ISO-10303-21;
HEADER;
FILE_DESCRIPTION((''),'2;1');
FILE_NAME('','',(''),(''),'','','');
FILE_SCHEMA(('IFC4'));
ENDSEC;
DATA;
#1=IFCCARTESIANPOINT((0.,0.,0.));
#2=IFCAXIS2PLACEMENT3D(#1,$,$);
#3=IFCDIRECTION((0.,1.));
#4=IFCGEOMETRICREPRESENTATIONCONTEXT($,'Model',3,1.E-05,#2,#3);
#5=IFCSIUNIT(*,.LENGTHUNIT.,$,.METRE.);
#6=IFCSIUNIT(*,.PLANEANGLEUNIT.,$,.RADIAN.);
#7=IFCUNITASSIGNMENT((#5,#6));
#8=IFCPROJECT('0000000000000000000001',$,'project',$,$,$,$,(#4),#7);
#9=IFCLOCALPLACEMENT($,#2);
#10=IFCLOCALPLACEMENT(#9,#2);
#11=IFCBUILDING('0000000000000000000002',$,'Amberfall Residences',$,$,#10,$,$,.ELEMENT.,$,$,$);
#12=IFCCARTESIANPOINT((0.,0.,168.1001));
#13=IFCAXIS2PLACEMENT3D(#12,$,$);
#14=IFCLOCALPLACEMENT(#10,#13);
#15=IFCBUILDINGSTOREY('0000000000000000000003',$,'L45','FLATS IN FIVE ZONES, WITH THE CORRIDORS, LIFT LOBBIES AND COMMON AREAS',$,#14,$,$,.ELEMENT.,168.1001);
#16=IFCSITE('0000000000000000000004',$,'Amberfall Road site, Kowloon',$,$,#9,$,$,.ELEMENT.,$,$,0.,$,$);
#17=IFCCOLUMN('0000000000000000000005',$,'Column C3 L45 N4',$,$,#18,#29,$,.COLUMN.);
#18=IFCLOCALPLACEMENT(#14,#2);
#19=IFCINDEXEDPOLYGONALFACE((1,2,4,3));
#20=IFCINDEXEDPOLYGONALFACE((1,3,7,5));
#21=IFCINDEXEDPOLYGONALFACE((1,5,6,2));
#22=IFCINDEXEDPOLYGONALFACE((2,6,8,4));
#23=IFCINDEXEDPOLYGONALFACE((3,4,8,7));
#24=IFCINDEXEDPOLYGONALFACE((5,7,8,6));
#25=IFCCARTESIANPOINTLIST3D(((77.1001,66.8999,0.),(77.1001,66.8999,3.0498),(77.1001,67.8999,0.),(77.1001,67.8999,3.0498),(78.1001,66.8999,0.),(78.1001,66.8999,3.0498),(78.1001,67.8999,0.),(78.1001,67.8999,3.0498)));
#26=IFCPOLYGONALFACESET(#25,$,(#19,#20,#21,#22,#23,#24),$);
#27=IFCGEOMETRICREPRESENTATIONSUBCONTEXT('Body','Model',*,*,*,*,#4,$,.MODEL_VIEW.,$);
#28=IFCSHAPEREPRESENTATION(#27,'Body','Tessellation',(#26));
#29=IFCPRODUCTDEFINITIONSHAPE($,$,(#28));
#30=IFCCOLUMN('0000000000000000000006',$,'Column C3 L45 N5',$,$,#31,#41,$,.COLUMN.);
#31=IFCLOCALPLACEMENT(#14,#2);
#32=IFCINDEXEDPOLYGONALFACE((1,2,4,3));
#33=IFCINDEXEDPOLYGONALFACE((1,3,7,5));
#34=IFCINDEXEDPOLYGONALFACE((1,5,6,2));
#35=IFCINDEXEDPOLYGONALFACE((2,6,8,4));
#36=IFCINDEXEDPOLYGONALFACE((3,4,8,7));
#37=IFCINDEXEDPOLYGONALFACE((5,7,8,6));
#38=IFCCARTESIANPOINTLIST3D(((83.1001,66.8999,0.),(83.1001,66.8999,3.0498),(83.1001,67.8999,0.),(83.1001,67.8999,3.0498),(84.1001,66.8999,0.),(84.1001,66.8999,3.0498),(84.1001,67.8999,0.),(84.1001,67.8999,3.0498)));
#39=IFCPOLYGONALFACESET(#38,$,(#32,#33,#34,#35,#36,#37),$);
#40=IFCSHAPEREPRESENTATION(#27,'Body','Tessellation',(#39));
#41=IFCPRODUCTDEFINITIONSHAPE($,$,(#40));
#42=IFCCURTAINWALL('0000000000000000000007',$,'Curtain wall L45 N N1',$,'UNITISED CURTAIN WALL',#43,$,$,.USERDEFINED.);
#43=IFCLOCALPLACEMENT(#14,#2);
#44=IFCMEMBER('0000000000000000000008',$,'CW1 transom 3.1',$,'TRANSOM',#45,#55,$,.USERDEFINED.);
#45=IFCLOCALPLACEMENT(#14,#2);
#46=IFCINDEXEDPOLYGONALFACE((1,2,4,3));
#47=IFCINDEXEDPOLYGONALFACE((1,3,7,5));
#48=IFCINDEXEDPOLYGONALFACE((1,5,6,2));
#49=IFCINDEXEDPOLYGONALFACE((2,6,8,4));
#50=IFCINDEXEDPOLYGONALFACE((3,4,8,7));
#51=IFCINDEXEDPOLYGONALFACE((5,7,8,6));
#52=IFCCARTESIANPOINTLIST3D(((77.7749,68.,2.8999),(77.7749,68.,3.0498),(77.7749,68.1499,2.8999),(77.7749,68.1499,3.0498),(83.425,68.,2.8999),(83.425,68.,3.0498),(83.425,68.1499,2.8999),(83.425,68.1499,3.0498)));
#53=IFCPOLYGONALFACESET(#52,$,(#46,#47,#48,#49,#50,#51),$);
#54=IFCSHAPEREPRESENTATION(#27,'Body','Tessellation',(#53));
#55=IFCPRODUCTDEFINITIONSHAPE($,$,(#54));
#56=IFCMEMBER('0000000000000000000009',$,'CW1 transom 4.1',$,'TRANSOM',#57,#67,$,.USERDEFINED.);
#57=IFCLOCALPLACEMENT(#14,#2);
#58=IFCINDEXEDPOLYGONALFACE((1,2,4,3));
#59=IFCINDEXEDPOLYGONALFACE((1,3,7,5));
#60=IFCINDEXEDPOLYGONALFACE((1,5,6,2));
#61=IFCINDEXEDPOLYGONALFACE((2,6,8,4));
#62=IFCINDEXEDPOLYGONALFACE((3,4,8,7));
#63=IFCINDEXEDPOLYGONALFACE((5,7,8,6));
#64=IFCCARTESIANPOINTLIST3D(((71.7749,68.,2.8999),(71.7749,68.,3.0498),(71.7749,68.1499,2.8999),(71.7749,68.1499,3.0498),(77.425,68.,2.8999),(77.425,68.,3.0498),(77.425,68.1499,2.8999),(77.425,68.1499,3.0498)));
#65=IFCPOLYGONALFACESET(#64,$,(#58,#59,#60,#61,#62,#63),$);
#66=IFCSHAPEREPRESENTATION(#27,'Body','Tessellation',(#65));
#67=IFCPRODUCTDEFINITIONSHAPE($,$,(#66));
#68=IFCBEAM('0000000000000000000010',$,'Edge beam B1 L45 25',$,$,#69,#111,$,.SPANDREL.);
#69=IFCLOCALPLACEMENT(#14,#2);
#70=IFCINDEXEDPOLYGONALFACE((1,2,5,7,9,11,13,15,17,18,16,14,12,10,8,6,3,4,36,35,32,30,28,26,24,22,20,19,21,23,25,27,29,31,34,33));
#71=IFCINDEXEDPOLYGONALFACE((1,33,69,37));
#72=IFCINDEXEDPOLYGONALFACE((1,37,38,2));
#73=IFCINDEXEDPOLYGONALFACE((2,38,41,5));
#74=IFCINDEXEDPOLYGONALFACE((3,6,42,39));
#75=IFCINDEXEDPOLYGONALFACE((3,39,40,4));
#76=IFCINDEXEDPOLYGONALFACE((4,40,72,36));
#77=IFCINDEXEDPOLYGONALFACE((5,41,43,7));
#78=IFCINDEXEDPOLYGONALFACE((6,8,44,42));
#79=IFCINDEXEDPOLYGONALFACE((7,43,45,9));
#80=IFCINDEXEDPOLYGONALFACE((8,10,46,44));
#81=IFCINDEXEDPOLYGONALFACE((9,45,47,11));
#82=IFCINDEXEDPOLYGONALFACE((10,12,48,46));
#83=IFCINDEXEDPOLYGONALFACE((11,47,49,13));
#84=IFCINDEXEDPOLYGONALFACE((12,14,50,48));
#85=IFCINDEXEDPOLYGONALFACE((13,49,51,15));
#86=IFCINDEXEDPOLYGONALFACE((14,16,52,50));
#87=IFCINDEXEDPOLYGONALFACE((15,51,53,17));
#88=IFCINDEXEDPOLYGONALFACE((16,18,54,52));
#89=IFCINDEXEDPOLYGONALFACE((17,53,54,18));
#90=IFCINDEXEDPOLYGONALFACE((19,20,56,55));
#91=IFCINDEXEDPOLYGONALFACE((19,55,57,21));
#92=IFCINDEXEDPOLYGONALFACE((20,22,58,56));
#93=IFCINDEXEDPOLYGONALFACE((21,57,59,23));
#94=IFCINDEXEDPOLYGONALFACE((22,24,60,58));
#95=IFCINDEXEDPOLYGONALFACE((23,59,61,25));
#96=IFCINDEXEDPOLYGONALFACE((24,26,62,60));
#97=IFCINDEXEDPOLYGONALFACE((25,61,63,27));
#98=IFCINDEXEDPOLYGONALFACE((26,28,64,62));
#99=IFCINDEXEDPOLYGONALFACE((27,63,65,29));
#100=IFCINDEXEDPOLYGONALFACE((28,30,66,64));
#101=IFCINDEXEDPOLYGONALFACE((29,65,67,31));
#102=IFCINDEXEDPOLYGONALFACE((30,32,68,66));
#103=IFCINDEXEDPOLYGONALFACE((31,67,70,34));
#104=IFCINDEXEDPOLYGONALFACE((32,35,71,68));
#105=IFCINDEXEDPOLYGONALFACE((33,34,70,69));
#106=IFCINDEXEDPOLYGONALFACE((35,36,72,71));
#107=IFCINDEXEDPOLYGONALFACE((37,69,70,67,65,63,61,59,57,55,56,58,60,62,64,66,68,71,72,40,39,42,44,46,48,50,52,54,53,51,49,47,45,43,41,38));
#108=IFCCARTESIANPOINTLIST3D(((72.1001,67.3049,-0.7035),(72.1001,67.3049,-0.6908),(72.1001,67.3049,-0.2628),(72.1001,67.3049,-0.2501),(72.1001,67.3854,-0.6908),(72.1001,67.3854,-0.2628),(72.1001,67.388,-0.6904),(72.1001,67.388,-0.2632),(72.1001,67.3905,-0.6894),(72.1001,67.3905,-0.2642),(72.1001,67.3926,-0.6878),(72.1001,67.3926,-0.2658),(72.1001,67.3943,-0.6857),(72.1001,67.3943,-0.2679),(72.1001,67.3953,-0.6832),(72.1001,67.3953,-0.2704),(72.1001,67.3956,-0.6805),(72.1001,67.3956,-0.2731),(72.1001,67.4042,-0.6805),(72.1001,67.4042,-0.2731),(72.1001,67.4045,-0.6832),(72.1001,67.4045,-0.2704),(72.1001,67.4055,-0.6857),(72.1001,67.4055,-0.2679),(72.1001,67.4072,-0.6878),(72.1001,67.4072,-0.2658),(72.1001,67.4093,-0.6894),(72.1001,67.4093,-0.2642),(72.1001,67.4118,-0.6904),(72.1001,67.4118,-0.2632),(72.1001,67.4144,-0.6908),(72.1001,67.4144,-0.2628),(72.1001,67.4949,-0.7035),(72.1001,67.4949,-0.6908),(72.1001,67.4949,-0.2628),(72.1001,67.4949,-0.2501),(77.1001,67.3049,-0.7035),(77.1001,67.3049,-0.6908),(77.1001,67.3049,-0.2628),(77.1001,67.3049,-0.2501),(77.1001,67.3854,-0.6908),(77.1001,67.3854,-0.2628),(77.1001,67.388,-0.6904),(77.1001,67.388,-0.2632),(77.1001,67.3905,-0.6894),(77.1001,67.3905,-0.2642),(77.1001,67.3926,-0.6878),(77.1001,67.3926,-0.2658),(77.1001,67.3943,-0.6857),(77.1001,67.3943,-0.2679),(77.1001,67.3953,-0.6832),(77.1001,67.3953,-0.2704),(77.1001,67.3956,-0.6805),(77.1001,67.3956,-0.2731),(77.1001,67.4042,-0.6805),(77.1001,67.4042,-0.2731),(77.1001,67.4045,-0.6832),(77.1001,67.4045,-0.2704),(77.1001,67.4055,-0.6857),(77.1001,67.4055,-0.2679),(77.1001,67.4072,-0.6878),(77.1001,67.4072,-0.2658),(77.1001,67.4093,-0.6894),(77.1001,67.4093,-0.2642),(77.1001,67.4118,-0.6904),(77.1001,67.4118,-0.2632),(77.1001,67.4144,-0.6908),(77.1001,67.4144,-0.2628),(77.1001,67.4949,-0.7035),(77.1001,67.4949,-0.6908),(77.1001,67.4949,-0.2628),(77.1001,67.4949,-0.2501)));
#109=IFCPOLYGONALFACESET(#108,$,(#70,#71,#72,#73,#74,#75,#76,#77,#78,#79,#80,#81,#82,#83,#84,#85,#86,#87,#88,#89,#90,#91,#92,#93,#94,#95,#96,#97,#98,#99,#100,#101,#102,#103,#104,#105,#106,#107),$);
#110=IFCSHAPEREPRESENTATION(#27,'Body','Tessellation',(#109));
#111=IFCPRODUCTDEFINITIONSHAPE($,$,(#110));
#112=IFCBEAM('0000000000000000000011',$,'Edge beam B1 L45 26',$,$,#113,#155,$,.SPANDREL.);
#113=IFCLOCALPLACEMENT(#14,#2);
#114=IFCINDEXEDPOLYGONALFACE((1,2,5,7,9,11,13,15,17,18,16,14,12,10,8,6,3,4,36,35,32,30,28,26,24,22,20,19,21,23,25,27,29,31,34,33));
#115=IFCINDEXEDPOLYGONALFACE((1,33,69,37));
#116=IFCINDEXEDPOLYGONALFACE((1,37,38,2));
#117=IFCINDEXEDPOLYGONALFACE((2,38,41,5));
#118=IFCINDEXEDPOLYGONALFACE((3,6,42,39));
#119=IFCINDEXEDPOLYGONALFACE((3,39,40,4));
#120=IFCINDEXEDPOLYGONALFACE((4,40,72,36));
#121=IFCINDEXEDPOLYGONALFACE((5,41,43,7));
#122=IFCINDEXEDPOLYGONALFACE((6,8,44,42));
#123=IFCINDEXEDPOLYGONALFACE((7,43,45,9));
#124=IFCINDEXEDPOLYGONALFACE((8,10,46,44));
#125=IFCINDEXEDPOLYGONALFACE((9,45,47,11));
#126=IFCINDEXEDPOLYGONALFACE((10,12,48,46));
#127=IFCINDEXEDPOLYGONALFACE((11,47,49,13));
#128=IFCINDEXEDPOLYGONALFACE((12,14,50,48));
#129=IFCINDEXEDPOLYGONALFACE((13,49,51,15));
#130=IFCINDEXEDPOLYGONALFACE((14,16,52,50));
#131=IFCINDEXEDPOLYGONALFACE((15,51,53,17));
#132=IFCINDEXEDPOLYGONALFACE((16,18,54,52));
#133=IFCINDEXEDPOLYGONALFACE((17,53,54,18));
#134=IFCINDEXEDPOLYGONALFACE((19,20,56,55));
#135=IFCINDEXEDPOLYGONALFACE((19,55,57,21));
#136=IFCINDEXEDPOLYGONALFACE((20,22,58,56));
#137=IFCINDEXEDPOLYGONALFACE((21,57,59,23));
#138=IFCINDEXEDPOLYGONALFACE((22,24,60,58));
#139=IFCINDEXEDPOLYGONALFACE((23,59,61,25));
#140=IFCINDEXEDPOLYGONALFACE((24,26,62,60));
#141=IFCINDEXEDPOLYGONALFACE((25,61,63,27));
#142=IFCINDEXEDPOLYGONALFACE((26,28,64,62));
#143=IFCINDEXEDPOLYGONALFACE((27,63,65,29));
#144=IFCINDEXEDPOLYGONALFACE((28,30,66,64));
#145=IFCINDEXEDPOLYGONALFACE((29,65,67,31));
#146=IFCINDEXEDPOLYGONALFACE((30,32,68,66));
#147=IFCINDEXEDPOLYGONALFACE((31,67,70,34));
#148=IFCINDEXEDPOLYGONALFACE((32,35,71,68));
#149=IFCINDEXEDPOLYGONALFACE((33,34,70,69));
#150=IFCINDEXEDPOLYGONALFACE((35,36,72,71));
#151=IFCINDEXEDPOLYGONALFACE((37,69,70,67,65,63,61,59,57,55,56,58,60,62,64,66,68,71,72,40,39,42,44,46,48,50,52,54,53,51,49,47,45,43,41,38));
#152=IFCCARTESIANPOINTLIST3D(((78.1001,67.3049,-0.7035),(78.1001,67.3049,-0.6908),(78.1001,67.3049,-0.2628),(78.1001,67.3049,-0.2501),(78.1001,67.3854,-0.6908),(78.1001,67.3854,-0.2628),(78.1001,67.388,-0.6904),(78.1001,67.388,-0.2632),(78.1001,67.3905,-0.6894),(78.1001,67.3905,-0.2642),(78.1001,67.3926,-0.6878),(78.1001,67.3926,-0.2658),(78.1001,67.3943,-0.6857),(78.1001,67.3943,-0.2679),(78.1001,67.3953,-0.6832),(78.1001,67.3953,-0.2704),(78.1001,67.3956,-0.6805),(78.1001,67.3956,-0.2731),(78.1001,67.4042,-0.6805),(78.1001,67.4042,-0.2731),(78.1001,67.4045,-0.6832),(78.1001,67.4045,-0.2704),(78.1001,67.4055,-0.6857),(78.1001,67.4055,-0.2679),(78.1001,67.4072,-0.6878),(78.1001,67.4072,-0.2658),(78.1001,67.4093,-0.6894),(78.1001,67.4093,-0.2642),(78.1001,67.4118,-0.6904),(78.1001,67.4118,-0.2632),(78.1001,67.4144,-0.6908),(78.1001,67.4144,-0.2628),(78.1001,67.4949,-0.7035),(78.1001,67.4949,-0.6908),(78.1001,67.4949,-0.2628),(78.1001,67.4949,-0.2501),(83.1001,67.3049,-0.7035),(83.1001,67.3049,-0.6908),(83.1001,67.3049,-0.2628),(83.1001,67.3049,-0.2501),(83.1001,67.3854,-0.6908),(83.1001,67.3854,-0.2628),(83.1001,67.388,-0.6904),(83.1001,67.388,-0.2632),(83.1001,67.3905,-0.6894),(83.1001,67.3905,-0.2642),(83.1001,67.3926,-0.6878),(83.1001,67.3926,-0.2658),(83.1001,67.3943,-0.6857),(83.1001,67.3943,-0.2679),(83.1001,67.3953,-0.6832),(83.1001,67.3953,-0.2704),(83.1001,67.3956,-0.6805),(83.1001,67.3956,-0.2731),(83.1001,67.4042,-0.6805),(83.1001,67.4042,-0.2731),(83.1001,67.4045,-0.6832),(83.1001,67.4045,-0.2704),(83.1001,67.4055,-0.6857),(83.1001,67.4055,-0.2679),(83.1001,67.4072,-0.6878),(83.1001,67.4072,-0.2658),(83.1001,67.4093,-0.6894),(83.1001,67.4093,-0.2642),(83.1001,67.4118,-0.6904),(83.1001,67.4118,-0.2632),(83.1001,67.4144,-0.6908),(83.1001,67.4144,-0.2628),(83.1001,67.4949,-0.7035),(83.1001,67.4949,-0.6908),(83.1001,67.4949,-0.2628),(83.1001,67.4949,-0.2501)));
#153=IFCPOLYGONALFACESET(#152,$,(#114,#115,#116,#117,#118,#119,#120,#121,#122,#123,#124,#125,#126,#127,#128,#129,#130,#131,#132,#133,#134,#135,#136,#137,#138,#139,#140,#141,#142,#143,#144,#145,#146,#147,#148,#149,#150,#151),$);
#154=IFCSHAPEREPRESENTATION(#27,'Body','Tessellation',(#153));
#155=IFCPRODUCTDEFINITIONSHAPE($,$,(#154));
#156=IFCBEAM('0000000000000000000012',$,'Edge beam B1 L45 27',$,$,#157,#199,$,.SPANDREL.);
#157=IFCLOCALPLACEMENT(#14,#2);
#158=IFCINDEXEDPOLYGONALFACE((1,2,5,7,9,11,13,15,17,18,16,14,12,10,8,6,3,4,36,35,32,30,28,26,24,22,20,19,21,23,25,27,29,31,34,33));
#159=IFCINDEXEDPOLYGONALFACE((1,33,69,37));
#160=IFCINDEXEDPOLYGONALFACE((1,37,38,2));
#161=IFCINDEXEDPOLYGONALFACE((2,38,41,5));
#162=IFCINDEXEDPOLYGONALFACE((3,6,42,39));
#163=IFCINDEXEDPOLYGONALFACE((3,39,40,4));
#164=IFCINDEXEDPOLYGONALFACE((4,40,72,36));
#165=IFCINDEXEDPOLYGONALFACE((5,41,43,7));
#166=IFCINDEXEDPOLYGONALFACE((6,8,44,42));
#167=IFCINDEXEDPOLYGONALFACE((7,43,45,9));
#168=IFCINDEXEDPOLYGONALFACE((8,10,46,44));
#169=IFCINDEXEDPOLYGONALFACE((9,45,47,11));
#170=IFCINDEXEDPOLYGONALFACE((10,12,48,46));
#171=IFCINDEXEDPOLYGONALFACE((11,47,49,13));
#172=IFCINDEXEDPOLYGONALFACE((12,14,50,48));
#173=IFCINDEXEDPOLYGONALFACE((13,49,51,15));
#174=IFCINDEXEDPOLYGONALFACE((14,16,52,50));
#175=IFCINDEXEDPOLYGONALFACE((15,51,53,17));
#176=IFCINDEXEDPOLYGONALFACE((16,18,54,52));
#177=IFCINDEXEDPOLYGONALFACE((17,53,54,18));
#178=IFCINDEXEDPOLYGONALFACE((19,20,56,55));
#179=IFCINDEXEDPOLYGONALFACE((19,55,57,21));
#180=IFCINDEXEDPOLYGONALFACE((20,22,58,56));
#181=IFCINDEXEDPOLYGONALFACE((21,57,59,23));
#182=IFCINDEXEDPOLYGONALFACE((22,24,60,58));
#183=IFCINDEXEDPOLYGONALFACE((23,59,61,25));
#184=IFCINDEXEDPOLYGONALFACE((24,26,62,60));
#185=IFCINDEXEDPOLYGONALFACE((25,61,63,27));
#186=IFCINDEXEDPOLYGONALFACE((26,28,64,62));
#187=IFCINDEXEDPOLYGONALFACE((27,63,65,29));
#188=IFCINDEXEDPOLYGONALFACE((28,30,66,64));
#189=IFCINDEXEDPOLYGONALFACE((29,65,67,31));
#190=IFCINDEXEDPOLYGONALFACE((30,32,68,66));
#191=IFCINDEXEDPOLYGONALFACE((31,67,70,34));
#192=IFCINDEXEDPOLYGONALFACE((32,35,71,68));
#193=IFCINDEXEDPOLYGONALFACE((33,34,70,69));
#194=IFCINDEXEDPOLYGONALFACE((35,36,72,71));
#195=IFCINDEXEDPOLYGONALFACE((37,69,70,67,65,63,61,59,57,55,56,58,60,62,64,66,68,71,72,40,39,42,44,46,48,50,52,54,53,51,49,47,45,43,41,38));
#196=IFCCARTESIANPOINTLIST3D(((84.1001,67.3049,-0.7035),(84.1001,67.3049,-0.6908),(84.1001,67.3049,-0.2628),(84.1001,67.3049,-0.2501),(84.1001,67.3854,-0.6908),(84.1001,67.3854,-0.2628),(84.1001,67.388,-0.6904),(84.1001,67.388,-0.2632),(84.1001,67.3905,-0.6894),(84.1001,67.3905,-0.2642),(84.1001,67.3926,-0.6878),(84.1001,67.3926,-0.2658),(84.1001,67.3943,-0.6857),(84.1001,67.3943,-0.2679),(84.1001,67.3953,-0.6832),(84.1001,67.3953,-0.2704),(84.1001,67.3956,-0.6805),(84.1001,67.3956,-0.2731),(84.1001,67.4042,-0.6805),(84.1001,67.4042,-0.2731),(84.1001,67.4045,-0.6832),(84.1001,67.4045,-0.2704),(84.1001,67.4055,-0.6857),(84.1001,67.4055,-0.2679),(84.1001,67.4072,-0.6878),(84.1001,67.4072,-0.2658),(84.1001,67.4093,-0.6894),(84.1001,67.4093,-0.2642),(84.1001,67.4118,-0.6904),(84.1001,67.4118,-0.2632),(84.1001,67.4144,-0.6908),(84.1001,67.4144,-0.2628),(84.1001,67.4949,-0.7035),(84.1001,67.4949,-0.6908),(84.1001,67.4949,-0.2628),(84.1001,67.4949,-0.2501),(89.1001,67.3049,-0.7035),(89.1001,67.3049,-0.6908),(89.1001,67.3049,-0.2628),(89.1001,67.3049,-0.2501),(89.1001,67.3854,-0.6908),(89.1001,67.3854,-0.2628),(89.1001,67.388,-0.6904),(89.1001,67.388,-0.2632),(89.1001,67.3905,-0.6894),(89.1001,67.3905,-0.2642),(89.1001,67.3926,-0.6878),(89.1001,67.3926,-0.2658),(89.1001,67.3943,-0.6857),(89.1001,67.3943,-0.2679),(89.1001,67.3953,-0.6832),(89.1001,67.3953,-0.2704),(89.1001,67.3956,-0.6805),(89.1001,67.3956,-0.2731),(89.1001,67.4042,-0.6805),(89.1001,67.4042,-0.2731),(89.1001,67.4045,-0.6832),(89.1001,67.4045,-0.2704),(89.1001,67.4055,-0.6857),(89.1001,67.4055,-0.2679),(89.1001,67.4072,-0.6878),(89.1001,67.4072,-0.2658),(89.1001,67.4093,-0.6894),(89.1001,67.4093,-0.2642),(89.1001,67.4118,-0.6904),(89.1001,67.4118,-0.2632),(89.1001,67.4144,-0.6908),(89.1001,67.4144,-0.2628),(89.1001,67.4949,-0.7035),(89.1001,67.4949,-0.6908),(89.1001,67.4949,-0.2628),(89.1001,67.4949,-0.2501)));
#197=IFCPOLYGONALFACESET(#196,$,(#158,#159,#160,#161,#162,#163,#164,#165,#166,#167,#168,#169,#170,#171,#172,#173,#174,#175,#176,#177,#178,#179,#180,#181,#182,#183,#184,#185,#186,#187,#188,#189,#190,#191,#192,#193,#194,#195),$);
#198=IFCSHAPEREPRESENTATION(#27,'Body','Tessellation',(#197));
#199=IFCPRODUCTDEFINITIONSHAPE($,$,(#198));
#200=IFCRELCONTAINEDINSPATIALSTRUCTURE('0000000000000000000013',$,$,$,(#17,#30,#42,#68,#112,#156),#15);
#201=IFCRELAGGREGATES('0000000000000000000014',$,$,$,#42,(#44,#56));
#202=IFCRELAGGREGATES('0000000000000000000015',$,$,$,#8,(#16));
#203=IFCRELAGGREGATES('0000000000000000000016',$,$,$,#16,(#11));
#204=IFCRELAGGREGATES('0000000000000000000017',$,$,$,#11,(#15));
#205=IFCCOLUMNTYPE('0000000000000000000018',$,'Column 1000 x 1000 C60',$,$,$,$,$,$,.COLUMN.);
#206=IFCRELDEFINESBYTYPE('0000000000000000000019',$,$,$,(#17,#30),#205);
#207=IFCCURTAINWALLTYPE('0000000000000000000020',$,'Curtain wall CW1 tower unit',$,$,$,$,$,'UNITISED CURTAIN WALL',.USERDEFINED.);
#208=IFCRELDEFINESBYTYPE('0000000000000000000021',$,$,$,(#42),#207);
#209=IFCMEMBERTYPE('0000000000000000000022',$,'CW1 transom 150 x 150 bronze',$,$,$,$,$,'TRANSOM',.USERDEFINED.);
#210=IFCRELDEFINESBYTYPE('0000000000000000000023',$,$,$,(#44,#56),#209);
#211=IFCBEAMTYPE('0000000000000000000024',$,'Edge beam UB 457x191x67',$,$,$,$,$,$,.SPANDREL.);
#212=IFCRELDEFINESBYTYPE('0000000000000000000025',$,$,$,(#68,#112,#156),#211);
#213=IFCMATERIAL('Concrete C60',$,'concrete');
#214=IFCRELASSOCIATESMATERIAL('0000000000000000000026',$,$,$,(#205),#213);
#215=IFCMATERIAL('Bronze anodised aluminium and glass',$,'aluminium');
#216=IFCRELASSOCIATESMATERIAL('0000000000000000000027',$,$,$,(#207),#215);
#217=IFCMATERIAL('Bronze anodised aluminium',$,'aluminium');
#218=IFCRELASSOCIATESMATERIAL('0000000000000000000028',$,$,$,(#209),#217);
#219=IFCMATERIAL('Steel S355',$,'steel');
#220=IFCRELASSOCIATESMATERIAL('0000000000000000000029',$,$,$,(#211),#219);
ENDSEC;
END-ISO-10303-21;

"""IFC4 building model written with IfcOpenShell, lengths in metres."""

from ifc_helpers import new_model, si_unit, direction, frame, origin, origin_2d, place, context, subcontext, project, spatial, rectangle, i_section, extrude, material, material_profile, profile_set, type_object, element, aggregate, save


model = new_model("IFC4")

# Units and contexts
model_context = context("Model", 3, precision=1e-05, world=origin(), true_north=direction((0.0, 1.0)))
body_context = subcontext(model_context, "Body", "Model", "MODEL_VIEW")
ifc_project = project(units=[si_unit("LENGTHUNIT", "METRE"), si_unit("PLANEANGLEUNIT", "RADIAN")], contexts=[model_context])

# Site, building, storey
site_placement = place(None, origin())
site = spatial("IfcSite", under=ifc_project, at=site_placement, Name="Amberfall Road site, Kowloon", CompositionType="ELEMENT", RefElevation=0.0)
building_placement = place(site_placement, origin())
building = spatial("IfcBuilding", under=site, at=building_placement, Name="Amberfall Residences", CompositionType="ELEMENT")
storey_placement = place(building_placement, frame((0.0, 0.0, 168.1001)))
storey = spatial("IfcBuildingStorey", under=building, at=storey_placement, Name="L45", Description="FLATS IN FIVE ZONES, WITH THE CORRIDORS, LIFT LOBBIES AND COMMON AREAS", CompositionType="ELEMENT", Elevation=168.1001)

# Columns
ifc_material_1 = material(Name="Concrete C60", Category="concrete")
ifc_material_profile_1 = material_profile(ifc_material_1, rectangle(XDim=1.0, YDim=1.0, at=origin_2d()), Name="Column 1000 x 1000 C60")
ifc_profile_set_1 = profile_set([ifc_material_profile_1], Name="Concrete C60")
column_type = type_object("IfcColumnType", Name="Column 1000 x 1000 C60", PredefinedType="COLUMN", material=ifc_profile_set_1)
for number, where, z_axis, x_axis, name in (
    (1, (77.6001, 67.3999, 0.0), (0.0, 0.0, 1.0), (1.0, 0.0, 0.0), "Column C3 L45 N4"),
    (2, (83.6001, 67.3999, 0.0), (0.0, 0.0, 1.0), (1.0, 0.0, 0.0), "Column C3 L45 N5"),
):
    element("IfcColumn", number, at=place(storey_placement, frame(where, z_axis=z_axis, x_axis=x_axis)), inside=storey, type_object=column_type, Name=name, PredefinedType="COLUMN", context=body_context, shape_type="SweptSolid", body=[
        extrude(rectangle(XDim=1.0, YDim=1.0, at=origin_2d()), origin(), (0.0, 0.0, 1.0), 3.0498),
    ])

# Curtain wall, members
ifc_material_2 = material(Name="Bronze anodised aluminium and glass", Category="aluminium")
curtain_wall_type = type_object("IfcCurtainWallType", Name="Curtain wall CW1 tower unit", ElementType="UNITISED CURTAIN WALL", PredefinedType="USERDEFINED", material=ifc_material_2)
curtain_wall_placement = place(storey_placement, origin())
curtain_wall = element("IfcCurtainWall", 3, at=curtain_wall_placement, inside=storey, type_object=curtain_wall_type, Name="Curtain wall L45 N N1", ObjectType="UNITISED CURTAIN WALL", PredefinedType="USERDEFINED")
ifc_material_3 = material(Name="Bronze anodised aluminium", Category="aluminium")
ifc_material_profile_2 = material_profile(ifc_material_3, rectangle(XDim=0.1499, YDim=0.1499, at=origin_2d()), Name="CW1 transom 150 x 150 bronze")
ifc_profile_set_2 = profile_set([ifc_material_profile_2], Name="Bronze anodised aluminium")
member_type_1 = type_object("IfcMemberType", Name="CW1 transom 150 x 150 bronze", ElementType="TRANSOM", PredefinedType="USERDEFINED", material=ifc_profile_set_2)
member_1_placement = place(storey_placement, frame((83.425, 68.075, 2.9749), z_axis=(-1.0, 0.0, 0.0), x_axis=(0.0, -1.0, 0.0)))
member_1 = element("IfcMember", 4, at=member_1_placement, type_object=member_type_1, Name="CW1 transom 3.1", ObjectType="TRANSOM", PredefinedType="USERDEFINED", context=body_context, shape_type="SweptSolid", body=[
    extrude(rectangle(XDim=0.1499, YDim=0.1499, at=origin_2d()), origin(), (0.0, 0.0, 1.0), 5.6501),
])
member_2_placement = place(storey_placement, frame((77.425, 68.075, 2.9749), z_axis=(-1.0, 0.0, 0.0), x_axis=(0.0, -1.0, 0.0)))
member_2 = element("IfcMember", 5, at=member_2_placement, type_object=member_type_1, Name="CW1 transom 4.1", ObjectType="TRANSOM", PredefinedType="USERDEFINED", context=body_context, shape_type="SweptSolid", body=[
    extrude(rectangle(XDim=0.1499, YDim=0.1499, at=origin_2d()), origin(), (0.0, 0.0, 1.0), 5.6501),
])

# Beams
ifc_material_4 = material(Name="Steel S355", Category="steel")
ifc_material_profile_3 = material_profile(ifc_material_4, i_section(OverallWidth=0.1899, OverallDepth=0.4534, WebThickness=0.0085, FlangeThickness=0.0127, FilletRadius=0.0103, at=origin_2d()), Name="UB 457x191x67")
ifc_profile_set_3 = profile_set([ifc_material_profile_3], Name="Steel S355")
beam_type_1 = type_object("IfcBeamType", Name="Edge beam UB 457x191x67", PredefinedType="SPANDREL", material=ifc_profile_set_3)
for number, where, z_axis, x_axis, name in (
    (6, (72.1001, 67.3999, -0.4768), (1.0, 0.0, 0.0), (0.0, 1.0, 0.0), "Edge beam B1 L45 25"),
    (7, (78.1001, 67.3999, -0.4768), (1.0, 0.0, 0.0), (0.0, 1.0, 0.0), "Edge beam B1 L45 26"),
    (8, (84.1001, 67.3999, -0.4768), (1.0, 0.0, 0.0), (0.0, 1.0, 0.0), "Edge beam B1 L45 27"),
):
    element("IfcBeam", number, at=place(storey_placement, frame(where, z_axis=z_axis, x_axis=x_axis)), inside=storey, type_object=beam_type_1, Name=name, PredefinedType="SPANDREL", context=body_context, shape_type="SweptSolid", body=[
        extrude(i_section(OverallWidth=0.1899, OverallDepth=0.4534, WebThickness=0.0085, FlangeThickness=0.0127, FilletRadius=0.0103, at=origin_2d()), origin(), (0.0, 0.0, 1.0), 5.0),
    ])

aggregate(curtain_wall, [member_1, member_2])

save(model, "model.ifc")
